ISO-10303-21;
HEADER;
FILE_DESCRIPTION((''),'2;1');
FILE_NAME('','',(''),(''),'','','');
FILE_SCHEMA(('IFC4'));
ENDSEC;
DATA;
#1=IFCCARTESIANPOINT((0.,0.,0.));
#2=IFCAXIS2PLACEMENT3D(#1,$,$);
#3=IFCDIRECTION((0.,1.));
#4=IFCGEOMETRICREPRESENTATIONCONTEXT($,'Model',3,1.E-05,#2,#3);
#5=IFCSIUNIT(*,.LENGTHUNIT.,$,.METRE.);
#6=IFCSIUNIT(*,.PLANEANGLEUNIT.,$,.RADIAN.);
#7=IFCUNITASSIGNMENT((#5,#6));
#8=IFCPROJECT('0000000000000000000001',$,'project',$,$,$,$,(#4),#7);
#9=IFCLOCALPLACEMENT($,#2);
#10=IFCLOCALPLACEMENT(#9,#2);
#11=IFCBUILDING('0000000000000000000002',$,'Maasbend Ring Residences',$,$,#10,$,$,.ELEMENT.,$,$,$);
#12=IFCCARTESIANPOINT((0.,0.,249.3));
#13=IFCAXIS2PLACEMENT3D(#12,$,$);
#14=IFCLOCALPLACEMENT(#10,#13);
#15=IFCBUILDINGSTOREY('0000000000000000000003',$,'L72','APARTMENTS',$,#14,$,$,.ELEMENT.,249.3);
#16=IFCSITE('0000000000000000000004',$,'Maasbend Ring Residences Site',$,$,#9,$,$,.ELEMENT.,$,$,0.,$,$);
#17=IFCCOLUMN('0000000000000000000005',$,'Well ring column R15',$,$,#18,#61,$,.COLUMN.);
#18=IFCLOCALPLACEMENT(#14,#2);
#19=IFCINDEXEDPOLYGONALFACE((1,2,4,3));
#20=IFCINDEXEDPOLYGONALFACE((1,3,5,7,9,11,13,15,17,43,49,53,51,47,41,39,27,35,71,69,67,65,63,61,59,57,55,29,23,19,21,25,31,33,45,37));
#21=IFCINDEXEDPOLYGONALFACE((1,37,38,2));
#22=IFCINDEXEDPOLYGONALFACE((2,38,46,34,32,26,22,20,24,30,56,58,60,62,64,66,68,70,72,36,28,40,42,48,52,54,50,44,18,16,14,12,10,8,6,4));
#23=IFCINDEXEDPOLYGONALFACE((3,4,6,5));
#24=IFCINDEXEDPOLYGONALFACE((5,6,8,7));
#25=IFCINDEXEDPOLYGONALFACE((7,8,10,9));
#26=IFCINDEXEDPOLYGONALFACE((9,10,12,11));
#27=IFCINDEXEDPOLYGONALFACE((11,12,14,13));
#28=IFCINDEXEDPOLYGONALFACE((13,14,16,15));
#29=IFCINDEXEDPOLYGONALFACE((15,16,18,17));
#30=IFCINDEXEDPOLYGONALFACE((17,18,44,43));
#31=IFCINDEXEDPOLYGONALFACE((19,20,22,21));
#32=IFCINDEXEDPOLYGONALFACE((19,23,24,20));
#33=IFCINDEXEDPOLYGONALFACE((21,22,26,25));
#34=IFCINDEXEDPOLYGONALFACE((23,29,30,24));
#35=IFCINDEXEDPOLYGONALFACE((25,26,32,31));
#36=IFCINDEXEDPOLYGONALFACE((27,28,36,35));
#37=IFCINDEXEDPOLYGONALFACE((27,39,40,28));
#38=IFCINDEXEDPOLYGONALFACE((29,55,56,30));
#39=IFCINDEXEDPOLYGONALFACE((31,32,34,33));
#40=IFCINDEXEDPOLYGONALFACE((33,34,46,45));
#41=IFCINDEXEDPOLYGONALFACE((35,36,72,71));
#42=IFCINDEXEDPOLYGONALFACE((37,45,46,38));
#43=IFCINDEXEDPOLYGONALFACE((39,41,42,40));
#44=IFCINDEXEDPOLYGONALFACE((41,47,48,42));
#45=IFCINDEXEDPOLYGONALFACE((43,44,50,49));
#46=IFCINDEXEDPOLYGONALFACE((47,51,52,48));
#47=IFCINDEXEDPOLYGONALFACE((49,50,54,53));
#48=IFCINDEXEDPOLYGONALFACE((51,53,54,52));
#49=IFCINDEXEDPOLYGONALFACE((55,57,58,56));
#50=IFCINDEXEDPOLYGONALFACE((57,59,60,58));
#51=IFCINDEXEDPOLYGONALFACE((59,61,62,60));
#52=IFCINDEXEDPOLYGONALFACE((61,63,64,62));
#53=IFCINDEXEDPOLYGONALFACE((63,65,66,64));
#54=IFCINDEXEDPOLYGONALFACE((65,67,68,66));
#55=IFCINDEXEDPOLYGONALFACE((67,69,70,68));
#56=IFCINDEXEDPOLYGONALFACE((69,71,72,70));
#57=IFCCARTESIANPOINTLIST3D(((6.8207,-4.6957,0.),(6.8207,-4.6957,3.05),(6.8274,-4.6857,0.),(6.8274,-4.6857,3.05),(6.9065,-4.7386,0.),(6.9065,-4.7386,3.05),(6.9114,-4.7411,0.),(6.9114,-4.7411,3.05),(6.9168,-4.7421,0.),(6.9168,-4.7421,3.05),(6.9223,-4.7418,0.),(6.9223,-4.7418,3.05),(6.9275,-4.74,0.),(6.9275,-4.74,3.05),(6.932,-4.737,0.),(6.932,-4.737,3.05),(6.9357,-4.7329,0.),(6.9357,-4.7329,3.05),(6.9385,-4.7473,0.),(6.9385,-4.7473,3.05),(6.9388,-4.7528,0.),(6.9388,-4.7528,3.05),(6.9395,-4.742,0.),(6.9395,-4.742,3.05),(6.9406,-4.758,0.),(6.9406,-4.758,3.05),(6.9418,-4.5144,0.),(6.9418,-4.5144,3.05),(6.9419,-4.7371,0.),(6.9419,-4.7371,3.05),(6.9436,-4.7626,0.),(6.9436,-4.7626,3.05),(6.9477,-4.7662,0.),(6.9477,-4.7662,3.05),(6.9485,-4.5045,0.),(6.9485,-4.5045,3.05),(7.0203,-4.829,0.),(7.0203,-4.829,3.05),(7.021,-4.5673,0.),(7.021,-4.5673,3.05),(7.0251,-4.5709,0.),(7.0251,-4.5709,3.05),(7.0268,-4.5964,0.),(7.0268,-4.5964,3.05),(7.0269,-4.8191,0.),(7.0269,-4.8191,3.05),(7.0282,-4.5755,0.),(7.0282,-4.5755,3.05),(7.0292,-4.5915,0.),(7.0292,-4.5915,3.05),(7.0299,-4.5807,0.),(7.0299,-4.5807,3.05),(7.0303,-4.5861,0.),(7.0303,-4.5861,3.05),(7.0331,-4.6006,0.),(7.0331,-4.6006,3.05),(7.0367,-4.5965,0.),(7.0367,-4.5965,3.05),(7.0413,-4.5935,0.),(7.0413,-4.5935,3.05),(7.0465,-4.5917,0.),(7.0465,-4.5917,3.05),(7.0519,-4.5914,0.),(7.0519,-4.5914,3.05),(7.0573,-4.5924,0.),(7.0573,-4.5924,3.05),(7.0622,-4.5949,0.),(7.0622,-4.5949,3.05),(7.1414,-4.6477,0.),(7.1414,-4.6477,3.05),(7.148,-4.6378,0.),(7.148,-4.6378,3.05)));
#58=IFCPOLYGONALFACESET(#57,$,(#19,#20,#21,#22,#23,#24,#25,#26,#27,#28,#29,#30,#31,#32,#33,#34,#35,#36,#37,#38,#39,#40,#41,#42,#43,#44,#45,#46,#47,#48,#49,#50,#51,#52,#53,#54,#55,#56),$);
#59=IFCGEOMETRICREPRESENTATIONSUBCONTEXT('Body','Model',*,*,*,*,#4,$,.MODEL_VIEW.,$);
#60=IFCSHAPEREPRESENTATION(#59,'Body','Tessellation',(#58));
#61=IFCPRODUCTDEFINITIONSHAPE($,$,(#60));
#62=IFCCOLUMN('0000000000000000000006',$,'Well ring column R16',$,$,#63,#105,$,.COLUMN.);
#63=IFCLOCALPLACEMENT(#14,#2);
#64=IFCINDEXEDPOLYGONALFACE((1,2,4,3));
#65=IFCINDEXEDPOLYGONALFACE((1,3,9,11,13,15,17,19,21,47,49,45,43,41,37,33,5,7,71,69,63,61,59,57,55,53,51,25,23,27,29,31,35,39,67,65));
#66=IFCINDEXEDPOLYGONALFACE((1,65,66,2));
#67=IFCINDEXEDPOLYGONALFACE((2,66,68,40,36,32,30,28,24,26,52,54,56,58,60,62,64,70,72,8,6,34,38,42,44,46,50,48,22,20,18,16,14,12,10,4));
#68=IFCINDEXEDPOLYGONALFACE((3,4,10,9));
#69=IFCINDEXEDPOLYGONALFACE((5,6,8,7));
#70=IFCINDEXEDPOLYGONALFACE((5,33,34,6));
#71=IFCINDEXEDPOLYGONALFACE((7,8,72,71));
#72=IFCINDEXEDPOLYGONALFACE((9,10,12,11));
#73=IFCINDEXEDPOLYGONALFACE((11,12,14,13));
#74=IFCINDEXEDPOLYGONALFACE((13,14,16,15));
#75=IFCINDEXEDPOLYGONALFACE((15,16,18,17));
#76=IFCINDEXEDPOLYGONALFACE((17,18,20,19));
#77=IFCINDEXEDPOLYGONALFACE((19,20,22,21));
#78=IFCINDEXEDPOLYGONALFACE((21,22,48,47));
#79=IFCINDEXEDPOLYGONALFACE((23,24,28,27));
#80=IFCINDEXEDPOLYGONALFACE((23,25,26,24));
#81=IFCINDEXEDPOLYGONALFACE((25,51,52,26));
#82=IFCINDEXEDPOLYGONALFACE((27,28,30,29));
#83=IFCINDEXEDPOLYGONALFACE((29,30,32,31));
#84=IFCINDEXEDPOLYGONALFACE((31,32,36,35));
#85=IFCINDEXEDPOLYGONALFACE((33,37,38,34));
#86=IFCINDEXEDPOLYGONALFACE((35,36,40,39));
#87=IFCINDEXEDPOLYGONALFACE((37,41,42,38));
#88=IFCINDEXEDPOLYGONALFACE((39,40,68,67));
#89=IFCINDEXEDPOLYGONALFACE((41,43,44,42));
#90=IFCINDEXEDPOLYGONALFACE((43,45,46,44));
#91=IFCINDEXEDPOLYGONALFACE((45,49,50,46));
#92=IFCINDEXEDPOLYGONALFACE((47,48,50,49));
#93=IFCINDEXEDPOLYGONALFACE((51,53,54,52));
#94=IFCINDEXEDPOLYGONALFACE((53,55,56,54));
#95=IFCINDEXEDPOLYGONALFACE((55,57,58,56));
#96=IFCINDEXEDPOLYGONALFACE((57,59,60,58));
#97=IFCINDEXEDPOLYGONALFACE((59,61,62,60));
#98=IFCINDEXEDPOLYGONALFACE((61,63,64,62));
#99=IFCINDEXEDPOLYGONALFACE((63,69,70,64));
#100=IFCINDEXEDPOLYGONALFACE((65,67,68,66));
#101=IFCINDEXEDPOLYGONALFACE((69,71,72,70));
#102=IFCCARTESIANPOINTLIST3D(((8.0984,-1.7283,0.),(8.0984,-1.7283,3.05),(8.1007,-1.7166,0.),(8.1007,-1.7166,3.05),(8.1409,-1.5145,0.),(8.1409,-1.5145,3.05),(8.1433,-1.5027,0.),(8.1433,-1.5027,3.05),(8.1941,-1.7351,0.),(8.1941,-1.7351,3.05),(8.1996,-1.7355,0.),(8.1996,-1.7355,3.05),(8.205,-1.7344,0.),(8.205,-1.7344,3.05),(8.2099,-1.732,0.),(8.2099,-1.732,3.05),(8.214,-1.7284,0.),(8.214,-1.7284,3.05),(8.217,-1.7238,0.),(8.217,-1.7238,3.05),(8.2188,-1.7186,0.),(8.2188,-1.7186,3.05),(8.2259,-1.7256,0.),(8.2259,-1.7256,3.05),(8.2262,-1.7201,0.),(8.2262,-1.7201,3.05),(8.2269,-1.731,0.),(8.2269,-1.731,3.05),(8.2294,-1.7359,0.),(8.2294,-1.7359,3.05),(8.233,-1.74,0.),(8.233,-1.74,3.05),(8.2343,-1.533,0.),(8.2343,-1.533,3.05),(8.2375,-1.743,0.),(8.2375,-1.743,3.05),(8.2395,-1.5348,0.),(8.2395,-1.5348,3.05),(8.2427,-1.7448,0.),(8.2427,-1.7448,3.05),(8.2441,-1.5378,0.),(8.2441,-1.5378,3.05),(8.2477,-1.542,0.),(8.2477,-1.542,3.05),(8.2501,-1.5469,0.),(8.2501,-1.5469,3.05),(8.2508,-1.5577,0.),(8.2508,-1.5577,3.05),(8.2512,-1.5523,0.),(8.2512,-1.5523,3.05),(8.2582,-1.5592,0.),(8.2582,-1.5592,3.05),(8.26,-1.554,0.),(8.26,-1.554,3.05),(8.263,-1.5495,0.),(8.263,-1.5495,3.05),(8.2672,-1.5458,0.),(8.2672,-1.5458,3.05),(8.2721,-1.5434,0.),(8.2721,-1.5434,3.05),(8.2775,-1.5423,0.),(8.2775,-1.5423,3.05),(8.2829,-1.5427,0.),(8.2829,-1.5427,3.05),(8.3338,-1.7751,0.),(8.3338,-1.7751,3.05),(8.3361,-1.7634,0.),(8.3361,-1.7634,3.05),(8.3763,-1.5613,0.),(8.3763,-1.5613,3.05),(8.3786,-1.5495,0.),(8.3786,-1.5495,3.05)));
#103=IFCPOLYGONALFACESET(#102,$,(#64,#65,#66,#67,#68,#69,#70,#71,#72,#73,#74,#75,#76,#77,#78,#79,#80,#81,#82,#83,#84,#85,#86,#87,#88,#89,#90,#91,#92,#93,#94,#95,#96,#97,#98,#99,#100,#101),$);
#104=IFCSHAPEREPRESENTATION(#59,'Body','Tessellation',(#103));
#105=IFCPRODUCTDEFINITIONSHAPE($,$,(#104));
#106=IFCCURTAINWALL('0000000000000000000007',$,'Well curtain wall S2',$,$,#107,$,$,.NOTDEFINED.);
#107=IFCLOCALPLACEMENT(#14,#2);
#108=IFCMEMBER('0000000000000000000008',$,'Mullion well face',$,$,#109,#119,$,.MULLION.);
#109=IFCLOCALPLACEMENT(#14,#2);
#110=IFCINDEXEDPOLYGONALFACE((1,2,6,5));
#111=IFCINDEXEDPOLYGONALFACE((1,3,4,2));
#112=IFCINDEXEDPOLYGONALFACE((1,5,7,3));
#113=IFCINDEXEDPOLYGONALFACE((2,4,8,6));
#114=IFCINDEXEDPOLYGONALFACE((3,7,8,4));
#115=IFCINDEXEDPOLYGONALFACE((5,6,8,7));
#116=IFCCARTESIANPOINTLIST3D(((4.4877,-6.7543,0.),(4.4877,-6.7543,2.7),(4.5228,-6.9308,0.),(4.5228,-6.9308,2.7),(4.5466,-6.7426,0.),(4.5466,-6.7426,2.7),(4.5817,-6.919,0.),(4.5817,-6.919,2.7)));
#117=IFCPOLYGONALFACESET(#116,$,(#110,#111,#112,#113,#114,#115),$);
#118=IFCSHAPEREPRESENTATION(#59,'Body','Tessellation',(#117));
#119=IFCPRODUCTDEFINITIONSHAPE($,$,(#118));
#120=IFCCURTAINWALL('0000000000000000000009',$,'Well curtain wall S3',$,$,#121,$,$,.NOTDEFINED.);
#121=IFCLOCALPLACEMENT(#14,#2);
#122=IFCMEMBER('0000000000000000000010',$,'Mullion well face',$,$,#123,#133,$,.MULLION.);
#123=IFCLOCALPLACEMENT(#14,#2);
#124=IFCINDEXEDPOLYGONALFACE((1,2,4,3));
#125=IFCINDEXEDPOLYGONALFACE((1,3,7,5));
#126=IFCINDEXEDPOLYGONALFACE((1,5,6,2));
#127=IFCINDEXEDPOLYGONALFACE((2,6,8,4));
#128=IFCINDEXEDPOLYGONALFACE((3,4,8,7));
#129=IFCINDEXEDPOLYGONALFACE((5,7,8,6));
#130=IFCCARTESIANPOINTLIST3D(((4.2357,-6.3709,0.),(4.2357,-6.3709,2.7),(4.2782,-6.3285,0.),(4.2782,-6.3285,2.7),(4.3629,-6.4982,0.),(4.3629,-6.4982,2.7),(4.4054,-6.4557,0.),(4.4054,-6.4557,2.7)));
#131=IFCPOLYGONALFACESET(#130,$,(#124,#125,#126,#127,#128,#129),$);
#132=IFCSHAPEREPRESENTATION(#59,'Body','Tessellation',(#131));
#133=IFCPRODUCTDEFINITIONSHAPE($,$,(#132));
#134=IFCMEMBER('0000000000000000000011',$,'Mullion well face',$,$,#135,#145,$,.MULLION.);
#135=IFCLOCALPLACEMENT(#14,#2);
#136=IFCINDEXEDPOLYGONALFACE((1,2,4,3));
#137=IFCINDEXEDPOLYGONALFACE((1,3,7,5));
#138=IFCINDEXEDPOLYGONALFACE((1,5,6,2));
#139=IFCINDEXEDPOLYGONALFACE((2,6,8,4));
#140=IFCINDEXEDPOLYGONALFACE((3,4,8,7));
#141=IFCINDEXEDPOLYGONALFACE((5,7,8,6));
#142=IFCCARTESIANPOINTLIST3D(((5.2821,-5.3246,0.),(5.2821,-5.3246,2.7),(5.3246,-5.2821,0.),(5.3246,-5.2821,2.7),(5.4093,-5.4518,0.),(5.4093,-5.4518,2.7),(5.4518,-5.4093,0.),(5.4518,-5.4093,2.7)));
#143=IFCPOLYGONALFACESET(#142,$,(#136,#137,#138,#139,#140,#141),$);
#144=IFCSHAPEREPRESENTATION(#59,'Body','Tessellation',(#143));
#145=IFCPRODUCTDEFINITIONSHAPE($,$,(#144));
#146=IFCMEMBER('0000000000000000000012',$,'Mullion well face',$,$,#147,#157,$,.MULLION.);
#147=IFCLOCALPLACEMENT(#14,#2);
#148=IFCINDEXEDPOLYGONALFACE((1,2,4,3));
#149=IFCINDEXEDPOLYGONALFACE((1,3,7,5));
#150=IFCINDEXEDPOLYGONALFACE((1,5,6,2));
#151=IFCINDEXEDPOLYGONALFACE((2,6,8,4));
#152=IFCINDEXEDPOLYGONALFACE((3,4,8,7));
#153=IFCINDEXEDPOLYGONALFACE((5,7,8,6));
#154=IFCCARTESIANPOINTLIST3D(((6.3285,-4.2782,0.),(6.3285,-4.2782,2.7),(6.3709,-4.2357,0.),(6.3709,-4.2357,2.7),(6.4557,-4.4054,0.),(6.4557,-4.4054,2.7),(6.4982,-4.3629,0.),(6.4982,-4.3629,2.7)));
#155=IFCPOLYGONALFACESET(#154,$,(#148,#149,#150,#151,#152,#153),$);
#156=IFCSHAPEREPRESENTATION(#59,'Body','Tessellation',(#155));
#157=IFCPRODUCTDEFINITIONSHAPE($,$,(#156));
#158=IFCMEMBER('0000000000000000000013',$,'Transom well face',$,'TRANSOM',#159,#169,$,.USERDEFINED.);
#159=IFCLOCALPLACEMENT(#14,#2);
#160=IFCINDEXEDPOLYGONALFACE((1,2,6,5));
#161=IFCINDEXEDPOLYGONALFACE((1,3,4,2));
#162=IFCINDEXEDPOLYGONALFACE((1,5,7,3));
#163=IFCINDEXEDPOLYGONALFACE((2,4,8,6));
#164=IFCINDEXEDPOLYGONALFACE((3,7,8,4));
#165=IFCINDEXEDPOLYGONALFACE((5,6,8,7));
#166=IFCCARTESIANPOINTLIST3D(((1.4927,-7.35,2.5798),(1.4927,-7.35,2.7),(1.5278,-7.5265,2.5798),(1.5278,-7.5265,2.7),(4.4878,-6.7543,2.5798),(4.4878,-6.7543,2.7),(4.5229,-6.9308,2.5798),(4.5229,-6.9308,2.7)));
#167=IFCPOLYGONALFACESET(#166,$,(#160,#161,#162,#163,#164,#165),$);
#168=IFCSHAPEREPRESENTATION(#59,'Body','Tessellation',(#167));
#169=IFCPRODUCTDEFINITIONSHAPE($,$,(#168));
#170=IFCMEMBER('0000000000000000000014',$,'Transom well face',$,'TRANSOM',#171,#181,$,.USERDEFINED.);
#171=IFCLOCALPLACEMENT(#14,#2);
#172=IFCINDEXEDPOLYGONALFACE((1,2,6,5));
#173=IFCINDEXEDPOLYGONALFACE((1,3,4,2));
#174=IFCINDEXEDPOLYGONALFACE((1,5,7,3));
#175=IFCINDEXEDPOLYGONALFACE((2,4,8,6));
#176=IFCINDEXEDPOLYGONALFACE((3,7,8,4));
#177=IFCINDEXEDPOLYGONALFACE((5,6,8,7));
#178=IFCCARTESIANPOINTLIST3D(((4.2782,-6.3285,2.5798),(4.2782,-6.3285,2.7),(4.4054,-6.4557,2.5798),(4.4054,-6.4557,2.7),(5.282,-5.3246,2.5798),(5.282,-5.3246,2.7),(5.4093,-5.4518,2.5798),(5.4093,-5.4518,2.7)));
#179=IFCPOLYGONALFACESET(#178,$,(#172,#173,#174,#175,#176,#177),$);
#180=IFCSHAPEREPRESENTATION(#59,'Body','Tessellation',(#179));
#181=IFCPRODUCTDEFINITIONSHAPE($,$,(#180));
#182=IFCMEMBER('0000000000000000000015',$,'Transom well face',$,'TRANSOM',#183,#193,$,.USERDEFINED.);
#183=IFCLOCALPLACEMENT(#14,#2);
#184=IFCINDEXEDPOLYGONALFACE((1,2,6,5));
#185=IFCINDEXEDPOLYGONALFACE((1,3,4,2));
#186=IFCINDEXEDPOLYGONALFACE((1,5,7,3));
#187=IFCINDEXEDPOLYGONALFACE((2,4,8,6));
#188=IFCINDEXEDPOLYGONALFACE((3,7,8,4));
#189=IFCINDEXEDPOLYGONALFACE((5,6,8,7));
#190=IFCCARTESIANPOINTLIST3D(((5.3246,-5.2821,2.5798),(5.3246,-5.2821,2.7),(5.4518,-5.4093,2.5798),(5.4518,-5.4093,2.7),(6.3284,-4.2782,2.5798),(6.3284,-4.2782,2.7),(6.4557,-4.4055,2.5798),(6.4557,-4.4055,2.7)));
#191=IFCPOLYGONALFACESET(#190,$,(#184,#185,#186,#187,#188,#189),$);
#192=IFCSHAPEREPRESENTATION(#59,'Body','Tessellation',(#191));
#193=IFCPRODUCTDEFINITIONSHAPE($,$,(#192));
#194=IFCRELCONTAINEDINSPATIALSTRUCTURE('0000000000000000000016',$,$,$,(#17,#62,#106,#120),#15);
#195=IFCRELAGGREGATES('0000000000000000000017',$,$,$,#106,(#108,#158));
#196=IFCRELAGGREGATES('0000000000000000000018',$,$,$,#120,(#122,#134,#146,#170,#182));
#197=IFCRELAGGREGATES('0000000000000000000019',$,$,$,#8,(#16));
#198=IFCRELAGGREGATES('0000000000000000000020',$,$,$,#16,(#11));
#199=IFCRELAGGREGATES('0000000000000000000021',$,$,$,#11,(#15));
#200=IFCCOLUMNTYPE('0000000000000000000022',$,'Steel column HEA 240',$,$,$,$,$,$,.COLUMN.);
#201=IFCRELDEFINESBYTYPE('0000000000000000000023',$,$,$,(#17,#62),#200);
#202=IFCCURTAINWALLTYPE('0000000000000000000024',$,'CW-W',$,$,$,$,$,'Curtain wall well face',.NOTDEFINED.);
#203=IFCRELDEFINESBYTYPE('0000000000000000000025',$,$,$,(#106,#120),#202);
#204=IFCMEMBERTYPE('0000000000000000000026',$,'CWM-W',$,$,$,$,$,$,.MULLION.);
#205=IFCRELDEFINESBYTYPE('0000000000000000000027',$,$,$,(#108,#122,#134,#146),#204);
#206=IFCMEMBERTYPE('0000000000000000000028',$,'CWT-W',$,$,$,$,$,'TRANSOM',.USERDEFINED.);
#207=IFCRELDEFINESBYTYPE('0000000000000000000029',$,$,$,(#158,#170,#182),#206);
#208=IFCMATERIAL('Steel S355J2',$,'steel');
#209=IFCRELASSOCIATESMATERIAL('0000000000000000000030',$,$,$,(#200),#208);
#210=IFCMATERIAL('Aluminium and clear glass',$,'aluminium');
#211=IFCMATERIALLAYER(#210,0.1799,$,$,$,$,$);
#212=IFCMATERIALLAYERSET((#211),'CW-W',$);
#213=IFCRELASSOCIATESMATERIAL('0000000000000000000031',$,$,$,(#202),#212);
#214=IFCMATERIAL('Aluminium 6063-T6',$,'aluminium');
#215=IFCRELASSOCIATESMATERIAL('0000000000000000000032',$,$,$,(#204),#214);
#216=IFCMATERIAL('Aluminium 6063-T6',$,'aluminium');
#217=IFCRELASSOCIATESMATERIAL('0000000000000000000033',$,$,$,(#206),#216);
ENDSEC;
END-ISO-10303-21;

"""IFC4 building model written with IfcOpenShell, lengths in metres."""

from ifc_helpers import new_model, si_unit, direction, frame, origin, origin_2d, place, context, subcontext, project, spatial, rectangle, i_section, extrude, material, layer, layer_set, material_profile, profile_set, type_object, element, aggregate, save


model = new_model("IFC4")

# Units and contexts
model_context = context("Model", 3, precision=1e-05, world=origin(), true_north=direction((0.0, 1.0)))
body_context = subcontext(model_context, "Body", "Model", "MODEL_VIEW")
ifc_project = project(units=[si_unit("LENGTHUNIT", "METRE"), si_unit("PLANEANGLEUNIT", "RADIAN")], contexts=[model_context])

# Site, building, storey
site_placement = place(None, origin())
site = spatial("IfcSite", under=ifc_project, at=site_placement, Name="Maasbend Ring Residences Site", CompositionType="ELEMENT", RefElevation=0.0)
building_placement = place(site_placement, origin())
building = spatial("IfcBuilding", under=site, at=building_placement, Name="Maasbend Ring Residences", CompositionType="ELEMENT")
storey_placement = place(building_placement, frame((0.0, 0.0, 249.3)))
storey = spatial("IfcBuildingStorey", under=building, at=storey_placement, Name="L72", Description="APARTMENTS", CompositionType="ELEMENT", Elevation=249.3)

# Columns
ifc_material_1 = material(Name="Steel S355J2", Category="steel")
ifc_material_profile_1 = material_profile(ifc_material_1, i_section(OverallWidth=0.24, OverallDepth=0.23, WebThickness=0.0076, FlangeThickness=0.012, FilletRadius=0.021, at=origin_2d()), Name="HEA 240")
ifc_profile_set_1 = profile_set([ifc_material_profile_1], Name="Steel S355J2")
column_type = type_object("IfcColumnType", Name="Steel column HEA 240", PredefinedType="COLUMN", material=ifc_profile_set_1)
for number, where, z_axis, x_axis, name in (
    (1, (6.9844, -4.6667, 0.0), (0.0, 0.0, 1.0), (0.83147, -0.55557, 0.0), "Well ring column R15"),
    (2, (8.2385, -1.6389, 0.0), (0.0, 0.0, 1.0), (0.980785, -0.19509, 0.0), "Well ring column R16"),
):
    element("IfcColumn", number, at=place(storey_placement, frame(where, z_axis=z_axis, x_axis=x_axis)), inside=storey, type_object=column_type, Name=name, PredefinedType="COLUMN", context=body_context, shape_type="SweptSolid", body=[
        extrude(i_section(OverallWidth=0.24, OverallDepth=0.23, WebThickness=0.0076, FlangeThickness=0.012, FilletRadius=0.021, at=origin_2d()), origin(), (0.0, 0.0, 1.0), 3.05),
    ])

# Curtain wall, member
ifc_material_2 = material(Name="Aluminium and clear glass", Category="aluminium")
ifc_layer_1 = layer(ifc_material_2, 0.1799)
ifc_layer_set_1 = layer_set([ifc_layer_1], Name="CW-W")
curtain_wall_type = type_object("IfcCurtainWallType", Name="CW-W", ElementType="Curtain wall well face", PredefinedType="NOTDEFINED", material=ifc_layer_set_1)
curtain_wall_1_placement = place(storey_placement, origin())
curtain_wall_1 = element("IfcCurtainWall", 3, at=curtain_wall_1_placement, inside=storey, type_object=curtain_wall_type, Name="Well curtain wall S2", PredefinedType="NOTDEFINED")
ifc_material_3 = material(Name="Aluminium 6063-T6", Category="aluminium")
ifc_material_profile_2 = material_profile(ifc_material_3, rectangle(XDim=0.1799, YDim=0.0601, at=origin_2d()), Name="AL 180x60")
ifc_profile_set_2 = profile_set([ifc_material_profile_2], Name="Aluminium 6063-T6")
member_type_1 = type_object("IfcMemberType", Name="CWM-W", PredefinedType="MULLION", material=ifc_profile_set_2)
member_1_placement = place(storey_placement, frame((4.5347, -6.8367, 0.0), z_axis=(0.0, 0.0, 1.0), x_axis=(-0.19509, 0.980785, 0.0)))
member_1 = element("IfcMember", 4, at=member_1_placement, type_object=member_type_1, Name="Mullion well face", PredefinedType="MULLION", context=body_context, shape_type="SweptSolid", body=[
    extrude(rectangle(XDim=0.1799, YDim=0.0601, at=origin_2d()), origin(), (0.0, 0.0, 1.0), 2.7),
])

# Curtain wall, members
curtain_wall_2_placement = place(storey_placement, origin())
curtain_wall_2 = element("IfcCurtainWall", 5, at=curtain_wall_2_placement, inside=storey, type_object=curtain_wall_type, Name="Well curtain wall S3", PredefinedType="NOTDEFINED")
member_2_placement = place(storey_placement, frame((4.3206, -6.4133, 0.0), z_axis=(0.0, 0.0, 1.0), x_axis=(-0.707107, 0.707107, 0.0)))
member_2 = element("IfcMember", 6, at=member_2_placement, type_object=member_type_1, Name="Mullion well face", PredefinedType="MULLION", context=body_context, shape_type="SweptSolid", body=[
    extrude(rectangle(XDim=0.1799, YDim=0.0601, at=origin_2d()), origin(), (0.0, 0.0, 1.0), 2.7),
])
member_3_placement = place(storey_placement, frame((5.3669, -5.3669, 0.0), z_axis=(0.0, 0.0, 1.0), x_axis=(-0.707107, 0.707107, 0.0)))
member_3 = element("IfcMember", 7, at=member_3_placement, type_object=member_type_1, Name="Mullion well face", PredefinedType="MULLION", context=body_context, shape_type="SweptSolid", body=[
    extrude(rectangle(XDim=0.1799, YDim=0.0601, at=origin_2d()), origin(), (0.0, 0.0, 1.0), 2.7),
])
member_4_placement = place(storey_placement, frame((6.4133, -4.3206, 0.0), z_axis=(0.0, 0.0, 1.0), x_axis=(-0.707107, 0.707107, 0.0)))
member_4 = element("IfcMember", 8, at=member_4_placement, type_object=member_type_1, Name="Mullion well face", PredefinedType="MULLION", context=body_context, shape_type="SweptSolid", body=[
    extrude(rectangle(XDim=0.1799, YDim=0.0601, at=origin_2d()), origin(), (0.0, 0.0, 1.0), 2.7),
])

# Members
ifc_material_4 = material(Name="Aluminium 6063-T6", Category="aluminium")
ifc_material_profile_3 = material_profile(ifc_material_4, rectangle(XDim=0.1799, YDim=0.1201, at=origin_2d()), Name="AL 180x120")
ifc_profile_set_3 = profile_set([ifc_material_profile_3], Name="Aluminium 6063-T6")
member_type_2 = type_object("IfcMemberType", Name="CWT-W", ElementType="TRANSOM", PredefinedType="USERDEFINED", material=ifc_profile_set_3)
member_5_placement = place(storey_placement, frame((1.5103, -7.4382, 2.6399), z_axis=(0.980789, 0.195071, 0.0), x_axis=(-0.195071, 0.980789, 0.0)))
member_5 = element("IfcMember", 9, at=member_5_placement, type_object=member_type_2, Name="Transom well face", ObjectType="TRANSOM", PredefinedType="USERDEFINED", context=body_context, shape_type="SweptSolid", body=[
    extrude(rectangle(XDim=0.1799, YDim=0.1201, at=origin_2d()), origin(), (0.0, 0.0, 1.0), 3.0537),
])
member_6_placement = place(storey_placement, frame((4.3418, -6.3921, 2.6399), z_axis=(0.707107, 0.707107, 0.0), x_axis=(-0.707107, 0.707107, 0.0)))
member_6 = element("IfcMember", 10, at=member_6_placement, type_object=member_type_2, Name="Transom well face", ObjectType="TRANSOM", PredefinedType="USERDEFINED", context=body_context, shape_type="SweptSolid", body=[
    extrude(rectangle(XDim=0.1799, YDim=0.1201, at=origin_2d()), origin(), (0.0, 0.0, 1.0), 1.4197),
])
member_7_placement = place(storey_placement, frame((5.3882, -5.3457, 2.6399), z_axis=(0.707107, 0.707107, 0.0), x_axis=(-0.707107, 0.707107, 0.0)))
member_7 = element("IfcMember", 11, at=member_7_placement, type_object=member_type_2, Name="Transom well face", ObjectType="TRANSOM", PredefinedType="USERDEFINED", context=body_context, shape_type="SweptSolid", body=[
    extrude(rectangle(XDim=0.1799, YDim=0.1201, at=origin_2d()), origin(), (0.0, 0.0, 1.0), 1.4197),
])

aggregate(curtain_wall_1, [member_1, member_5])
aggregate(curtain_wall_2, [member_2, member_3, member_4, member_6, member_7])

save(model, "model.ifc")
